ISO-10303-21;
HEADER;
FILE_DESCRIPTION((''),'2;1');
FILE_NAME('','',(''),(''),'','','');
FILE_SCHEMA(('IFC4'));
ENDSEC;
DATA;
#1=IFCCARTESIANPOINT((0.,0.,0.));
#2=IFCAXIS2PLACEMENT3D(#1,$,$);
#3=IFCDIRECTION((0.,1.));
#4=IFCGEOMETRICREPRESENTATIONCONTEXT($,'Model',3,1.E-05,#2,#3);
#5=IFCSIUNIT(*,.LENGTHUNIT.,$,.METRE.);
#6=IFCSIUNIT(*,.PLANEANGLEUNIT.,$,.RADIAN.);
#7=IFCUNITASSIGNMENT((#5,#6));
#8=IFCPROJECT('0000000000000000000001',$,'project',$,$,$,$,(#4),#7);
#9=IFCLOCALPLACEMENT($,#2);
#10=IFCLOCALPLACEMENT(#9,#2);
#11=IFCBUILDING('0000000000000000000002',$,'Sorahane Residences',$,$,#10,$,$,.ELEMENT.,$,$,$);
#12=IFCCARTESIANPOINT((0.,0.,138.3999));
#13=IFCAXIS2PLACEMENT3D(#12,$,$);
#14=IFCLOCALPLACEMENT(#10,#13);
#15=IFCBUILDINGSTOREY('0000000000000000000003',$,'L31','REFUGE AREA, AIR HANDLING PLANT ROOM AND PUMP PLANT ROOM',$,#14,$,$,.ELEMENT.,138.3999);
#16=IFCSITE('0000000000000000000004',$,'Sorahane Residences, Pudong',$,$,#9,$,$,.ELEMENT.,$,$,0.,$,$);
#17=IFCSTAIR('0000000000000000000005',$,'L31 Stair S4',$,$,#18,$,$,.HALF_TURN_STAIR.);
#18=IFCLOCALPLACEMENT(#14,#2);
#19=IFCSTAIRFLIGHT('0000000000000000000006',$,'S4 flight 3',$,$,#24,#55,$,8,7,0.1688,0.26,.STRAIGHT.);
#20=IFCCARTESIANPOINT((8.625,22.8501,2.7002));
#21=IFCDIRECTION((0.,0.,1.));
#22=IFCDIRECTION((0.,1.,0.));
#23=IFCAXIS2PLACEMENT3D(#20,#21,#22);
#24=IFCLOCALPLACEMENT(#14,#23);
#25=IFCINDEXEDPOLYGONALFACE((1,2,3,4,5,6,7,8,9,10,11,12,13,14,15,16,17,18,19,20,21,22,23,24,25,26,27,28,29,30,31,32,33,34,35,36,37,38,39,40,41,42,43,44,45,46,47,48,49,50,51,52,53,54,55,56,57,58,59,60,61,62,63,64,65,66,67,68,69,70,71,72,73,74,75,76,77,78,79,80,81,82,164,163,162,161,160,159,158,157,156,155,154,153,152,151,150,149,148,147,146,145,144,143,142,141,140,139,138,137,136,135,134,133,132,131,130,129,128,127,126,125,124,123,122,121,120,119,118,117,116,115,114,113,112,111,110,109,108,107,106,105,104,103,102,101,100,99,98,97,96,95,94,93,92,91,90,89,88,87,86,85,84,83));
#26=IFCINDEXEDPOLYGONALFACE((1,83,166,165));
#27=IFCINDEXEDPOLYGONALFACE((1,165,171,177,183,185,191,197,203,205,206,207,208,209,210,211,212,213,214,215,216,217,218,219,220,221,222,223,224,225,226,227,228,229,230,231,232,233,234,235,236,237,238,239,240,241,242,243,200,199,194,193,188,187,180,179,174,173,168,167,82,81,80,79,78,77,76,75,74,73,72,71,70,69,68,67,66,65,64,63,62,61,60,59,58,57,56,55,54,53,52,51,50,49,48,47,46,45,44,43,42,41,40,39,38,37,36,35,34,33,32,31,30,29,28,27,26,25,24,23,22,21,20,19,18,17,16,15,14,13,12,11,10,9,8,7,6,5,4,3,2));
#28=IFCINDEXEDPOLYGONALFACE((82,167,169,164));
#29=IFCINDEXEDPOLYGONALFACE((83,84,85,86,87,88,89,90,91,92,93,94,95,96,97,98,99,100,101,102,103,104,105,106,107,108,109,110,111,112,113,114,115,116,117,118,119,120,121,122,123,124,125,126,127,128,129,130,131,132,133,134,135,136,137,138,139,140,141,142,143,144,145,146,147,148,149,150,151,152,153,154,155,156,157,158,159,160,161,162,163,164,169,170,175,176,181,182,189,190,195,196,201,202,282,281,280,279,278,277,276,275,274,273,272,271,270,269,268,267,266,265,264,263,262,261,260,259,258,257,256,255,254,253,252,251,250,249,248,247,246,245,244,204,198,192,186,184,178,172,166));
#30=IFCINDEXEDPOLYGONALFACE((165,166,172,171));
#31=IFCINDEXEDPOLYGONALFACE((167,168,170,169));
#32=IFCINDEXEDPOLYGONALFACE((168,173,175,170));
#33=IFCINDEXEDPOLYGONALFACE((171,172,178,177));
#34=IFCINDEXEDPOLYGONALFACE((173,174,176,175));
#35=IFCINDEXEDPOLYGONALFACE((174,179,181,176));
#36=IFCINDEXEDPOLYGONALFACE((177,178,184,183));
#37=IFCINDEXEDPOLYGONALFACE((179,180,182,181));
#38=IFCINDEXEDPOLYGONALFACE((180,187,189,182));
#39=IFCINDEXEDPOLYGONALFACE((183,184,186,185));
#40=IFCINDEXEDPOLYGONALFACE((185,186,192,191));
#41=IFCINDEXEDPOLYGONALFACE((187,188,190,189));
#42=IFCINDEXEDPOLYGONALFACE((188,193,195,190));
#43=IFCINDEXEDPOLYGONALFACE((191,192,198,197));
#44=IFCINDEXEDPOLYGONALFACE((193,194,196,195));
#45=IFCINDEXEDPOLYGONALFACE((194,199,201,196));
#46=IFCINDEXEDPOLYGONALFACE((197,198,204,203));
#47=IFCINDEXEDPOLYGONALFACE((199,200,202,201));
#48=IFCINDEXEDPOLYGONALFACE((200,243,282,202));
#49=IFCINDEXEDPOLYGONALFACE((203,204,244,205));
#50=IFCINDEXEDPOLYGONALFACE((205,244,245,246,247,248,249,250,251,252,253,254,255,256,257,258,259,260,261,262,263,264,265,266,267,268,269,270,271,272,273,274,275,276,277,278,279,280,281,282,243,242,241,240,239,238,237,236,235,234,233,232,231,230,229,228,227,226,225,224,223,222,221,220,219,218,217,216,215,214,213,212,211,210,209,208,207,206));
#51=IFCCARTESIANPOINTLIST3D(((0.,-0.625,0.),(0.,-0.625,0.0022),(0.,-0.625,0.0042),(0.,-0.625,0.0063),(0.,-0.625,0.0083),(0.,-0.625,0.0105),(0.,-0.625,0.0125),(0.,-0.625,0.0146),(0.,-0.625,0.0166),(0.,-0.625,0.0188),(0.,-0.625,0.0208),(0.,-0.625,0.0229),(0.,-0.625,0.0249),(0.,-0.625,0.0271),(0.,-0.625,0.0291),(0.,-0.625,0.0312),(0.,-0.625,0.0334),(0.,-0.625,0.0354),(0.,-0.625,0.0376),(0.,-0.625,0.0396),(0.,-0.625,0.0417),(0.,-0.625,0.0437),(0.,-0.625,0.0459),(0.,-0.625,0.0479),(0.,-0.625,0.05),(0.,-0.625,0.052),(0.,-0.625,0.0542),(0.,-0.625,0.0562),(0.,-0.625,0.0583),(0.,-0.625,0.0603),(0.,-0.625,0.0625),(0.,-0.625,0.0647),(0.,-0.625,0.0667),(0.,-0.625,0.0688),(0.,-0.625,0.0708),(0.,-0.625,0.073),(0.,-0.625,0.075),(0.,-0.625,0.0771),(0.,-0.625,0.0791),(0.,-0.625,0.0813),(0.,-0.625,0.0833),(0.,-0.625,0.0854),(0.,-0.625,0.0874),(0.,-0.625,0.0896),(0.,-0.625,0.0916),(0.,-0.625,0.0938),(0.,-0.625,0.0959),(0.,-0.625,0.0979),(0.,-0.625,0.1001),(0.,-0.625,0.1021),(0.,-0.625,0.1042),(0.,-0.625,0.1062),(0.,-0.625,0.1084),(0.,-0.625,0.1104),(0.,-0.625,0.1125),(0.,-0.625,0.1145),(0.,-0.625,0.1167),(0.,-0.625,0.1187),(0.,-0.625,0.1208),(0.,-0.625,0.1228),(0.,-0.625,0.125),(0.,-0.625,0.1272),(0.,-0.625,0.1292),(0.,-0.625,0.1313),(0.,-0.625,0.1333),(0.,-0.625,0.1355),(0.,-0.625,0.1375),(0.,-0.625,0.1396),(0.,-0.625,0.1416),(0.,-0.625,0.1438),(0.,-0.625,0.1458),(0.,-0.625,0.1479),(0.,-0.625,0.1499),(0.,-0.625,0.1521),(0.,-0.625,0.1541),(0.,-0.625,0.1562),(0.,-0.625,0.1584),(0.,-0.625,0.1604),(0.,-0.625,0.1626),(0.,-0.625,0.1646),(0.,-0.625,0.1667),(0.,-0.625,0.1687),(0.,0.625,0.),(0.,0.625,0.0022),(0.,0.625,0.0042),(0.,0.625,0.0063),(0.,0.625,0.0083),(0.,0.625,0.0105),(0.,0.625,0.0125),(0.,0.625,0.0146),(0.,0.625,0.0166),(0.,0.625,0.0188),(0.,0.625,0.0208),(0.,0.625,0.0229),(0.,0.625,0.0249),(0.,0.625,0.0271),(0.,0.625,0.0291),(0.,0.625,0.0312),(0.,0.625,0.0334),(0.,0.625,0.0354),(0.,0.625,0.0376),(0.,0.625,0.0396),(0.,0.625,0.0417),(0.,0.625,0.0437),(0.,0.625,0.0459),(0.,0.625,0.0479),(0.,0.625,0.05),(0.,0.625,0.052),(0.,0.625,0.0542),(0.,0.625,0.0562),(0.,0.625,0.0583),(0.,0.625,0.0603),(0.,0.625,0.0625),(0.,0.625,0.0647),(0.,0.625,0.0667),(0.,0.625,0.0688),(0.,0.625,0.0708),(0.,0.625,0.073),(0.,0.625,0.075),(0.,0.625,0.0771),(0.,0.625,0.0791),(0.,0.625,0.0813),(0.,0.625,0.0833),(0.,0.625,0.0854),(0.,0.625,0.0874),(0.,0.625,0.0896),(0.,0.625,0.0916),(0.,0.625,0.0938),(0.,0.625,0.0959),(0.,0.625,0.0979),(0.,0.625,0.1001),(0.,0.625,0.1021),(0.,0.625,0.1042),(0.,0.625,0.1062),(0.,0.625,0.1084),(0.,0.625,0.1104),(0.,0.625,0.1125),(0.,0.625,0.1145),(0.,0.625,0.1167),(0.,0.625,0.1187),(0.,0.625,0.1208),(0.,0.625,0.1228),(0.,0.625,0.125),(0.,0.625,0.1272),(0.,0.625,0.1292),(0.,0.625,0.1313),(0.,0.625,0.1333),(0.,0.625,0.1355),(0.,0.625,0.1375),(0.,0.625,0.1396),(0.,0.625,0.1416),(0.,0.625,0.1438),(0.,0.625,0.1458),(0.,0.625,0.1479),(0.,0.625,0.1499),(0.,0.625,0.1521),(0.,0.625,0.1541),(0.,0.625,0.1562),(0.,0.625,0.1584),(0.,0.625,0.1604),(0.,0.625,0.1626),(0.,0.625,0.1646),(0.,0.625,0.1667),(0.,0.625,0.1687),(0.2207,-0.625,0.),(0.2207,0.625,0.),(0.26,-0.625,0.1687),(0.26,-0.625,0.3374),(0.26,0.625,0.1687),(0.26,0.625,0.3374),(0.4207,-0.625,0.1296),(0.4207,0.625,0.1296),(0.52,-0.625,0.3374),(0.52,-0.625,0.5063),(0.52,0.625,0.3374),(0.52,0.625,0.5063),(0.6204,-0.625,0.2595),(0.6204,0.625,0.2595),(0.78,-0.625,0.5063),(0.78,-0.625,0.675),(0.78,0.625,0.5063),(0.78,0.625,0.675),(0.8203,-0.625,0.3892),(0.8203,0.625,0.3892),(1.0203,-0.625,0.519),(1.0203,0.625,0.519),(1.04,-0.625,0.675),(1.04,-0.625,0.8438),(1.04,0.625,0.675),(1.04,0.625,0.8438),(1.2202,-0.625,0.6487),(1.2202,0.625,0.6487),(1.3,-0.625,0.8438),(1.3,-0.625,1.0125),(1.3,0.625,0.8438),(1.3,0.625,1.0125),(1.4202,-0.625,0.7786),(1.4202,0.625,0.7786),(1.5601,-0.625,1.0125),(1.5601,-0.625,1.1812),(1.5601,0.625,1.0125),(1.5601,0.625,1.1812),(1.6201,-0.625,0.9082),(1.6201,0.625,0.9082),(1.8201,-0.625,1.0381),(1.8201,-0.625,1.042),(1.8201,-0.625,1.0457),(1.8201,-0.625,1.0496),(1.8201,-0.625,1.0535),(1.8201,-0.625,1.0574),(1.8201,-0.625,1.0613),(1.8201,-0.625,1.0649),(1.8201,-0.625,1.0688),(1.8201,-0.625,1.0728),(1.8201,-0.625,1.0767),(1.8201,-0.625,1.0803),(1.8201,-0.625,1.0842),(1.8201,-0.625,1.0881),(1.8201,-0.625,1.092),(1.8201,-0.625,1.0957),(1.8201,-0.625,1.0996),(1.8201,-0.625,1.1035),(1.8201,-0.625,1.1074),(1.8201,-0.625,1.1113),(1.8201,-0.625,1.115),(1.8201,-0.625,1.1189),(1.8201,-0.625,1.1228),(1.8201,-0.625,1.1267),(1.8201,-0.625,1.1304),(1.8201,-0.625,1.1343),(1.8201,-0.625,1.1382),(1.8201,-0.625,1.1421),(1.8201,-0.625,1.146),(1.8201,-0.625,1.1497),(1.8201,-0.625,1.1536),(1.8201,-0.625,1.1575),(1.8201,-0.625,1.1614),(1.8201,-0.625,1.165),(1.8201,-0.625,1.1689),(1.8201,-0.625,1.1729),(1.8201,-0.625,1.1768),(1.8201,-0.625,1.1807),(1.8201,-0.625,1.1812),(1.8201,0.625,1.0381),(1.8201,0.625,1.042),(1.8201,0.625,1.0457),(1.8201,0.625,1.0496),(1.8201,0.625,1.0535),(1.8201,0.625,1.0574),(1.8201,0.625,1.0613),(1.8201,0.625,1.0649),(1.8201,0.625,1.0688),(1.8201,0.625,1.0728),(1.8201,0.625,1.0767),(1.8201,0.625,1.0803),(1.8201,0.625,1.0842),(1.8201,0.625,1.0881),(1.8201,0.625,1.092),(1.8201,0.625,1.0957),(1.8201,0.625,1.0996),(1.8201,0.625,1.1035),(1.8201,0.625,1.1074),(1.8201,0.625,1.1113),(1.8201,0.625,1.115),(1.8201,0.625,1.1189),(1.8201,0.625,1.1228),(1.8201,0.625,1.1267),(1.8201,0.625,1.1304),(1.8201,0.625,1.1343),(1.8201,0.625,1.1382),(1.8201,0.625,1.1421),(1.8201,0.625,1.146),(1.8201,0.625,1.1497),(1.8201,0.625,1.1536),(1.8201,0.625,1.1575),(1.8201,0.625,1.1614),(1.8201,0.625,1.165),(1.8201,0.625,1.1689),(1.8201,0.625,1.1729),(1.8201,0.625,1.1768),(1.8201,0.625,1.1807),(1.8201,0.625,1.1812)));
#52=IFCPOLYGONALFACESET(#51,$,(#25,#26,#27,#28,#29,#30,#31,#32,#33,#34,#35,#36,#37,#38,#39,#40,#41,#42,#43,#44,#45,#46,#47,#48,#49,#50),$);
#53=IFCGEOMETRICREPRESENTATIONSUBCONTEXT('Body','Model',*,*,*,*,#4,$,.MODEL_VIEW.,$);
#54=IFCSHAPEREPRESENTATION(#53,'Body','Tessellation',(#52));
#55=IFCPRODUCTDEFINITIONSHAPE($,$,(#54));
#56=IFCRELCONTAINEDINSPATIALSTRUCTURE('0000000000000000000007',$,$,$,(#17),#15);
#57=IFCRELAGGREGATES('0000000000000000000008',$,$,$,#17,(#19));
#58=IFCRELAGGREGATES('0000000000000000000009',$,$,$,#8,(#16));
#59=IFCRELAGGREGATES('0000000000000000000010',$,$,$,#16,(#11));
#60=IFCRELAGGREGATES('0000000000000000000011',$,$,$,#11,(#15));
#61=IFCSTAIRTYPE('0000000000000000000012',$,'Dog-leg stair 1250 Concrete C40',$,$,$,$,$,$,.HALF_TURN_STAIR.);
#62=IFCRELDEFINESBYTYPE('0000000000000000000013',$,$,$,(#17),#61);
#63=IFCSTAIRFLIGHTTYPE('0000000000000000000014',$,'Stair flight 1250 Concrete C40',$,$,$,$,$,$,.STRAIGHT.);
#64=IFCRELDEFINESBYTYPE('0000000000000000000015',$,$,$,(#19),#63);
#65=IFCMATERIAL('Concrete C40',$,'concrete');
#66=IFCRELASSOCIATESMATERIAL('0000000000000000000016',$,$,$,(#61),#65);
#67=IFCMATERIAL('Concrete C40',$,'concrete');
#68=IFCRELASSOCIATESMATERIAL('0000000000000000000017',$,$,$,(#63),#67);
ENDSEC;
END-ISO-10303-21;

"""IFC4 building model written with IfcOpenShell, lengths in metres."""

from ifc_helpers import new_model, si_unit, direction, frame, origin, place, context, subcontext, project, spatial, polyline, outline, extrude, material, type_object, element, aggregate, save


model = new_model("IFC4")

# Units and contexts
model_context = context("Model", 3, precision=1e-05, world=origin(), true_north=direction((0.0, 1.0)))
body_context = subcontext(model_context, "Body", "Model", "MODEL_VIEW")
ifc_project = project(units=[si_unit("LENGTHUNIT", "METRE"), si_unit("PLANEANGLEUNIT", "RADIAN")], contexts=[model_context])

# Site, building, storey
site_placement = place(None, origin())
site = spatial("IfcSite", under=ifc_project, at=site_placement, Name="Sorahane Residences, Pudong", CompositionType="ELEMENT", RefElevation=0.0)
building_placement = place(site_placement, origin())
building = spatial("IfcBuilding", under=site, at=building_placement, Name="Sorahane Residences", CompositionType="ELEMENT")
storey_placement = place(building_placement, frame((0.0, 0.0, 138.3999)))
storey = spatial("IfcBuildingStorey", under=building, at=storey_placement, Name="L31", Description="REFUGE AREA, AIR HANDLING PLANT ROOM AND PUMP PLANT ROOM", CompositionType="ELEMENT", Elevation=138.3999)

# Stair, stair flight
ifc_material_1 = material(Name="Concrete C40", Category="concrete")
stair_type = type_object("IfcStairType", Name="Dog-leg stair 1250 Concrete C40", PredefinedType="HALF_TURN_STAIR", material=ifc_material_1)
stair_placement = place(storey_placement, origin())
stair = element("IfcStair", 1, at=stair_placement, inside=storey, type_object=stair_type, Name="L31 Stair S4", PredefinedType="HALF_TURN_STAIR")
ifc_material_2 = material(Name="Concrete C40", Category="concrete")
stair_flight_type = type_object("IfcStairFlightType", Name="Stair flight 1250 Concrete C40", PredefinedType="STRAIGHT", material=ifc_material_2)
stair_flight_1_placement = place(storey_placement, frame((8.625, 22.8501, 2.7002), z_axis=(0.0, 0.0, 1.0), x_axis=(0.0, 1.0, 0.0)))
stair_flight_1 = element("IfcStairFlight", 2, at=stair_flight_1_placement, type_object=stair_flight_type, Name="S4 flight 3", NumberOfRisers=8, NumberOfTreads=7, PredefinedType="STRAIGHT", RiserHeight=0.1688, TreadLength=0.26, context=body_context, shape_type="SweptSolid", body=[
    extrude(outline(polyline([(0.0, 0.0), (0.0, 0.0022), (0.0, 0.0042), (0.0, 0.0063), (0.0, 0.0083), (0.0, 0.0105), (0.0, 0.0125), (0.0, 0.0146), (0.0, 0.0166), (0.0, 0.0188), (0.0, 0.0208), (0.0, 0.0229), (0.0, 0.0249), (0.0, 0.0271), (0.0, 0.0291), (0.0, 0.0312), (0.0, 0.0334), (0.0, 0.0354), (0.0, 0.0376), (0.0, 0.0396), (0.0, 0.0417), (0.0, 0.0437), (0.0, 0.0459), (0.0, 0.0479), (0.0, 0.05), (0.0, 0.052), (0.0, 0.0542), (0.0, 0.0562), (0.0, 0.0583), (0.0, 0.0603), (0.0, 0.0625), (0.0, 0.0647), (0.0, 0.0667), (0.0, 0.0688), (0.0, 0.0708), (0.0, 0.073), (0.0, 0.075), (0.0, 0.0771), (0.0, 0.0791), (0.0, 0.0813), (0.0, 0.0833), (0.0, 0.0854), (0.0, 0.0874), (0.0, 0.0896), (0.0, 0.0916), (0.0, 0.0938), (0.0, 0.0959), (0.0, 0.0979), (0.0, 0.1001), (0.0, 0.1021), (0.0, 0.1042), (0.0, 0.1062), (0.0, 0.1084), (0.0, 0.1104), (0.0, 0.1125), (0.0, 0.1145), (0.0, 0.1167), (0.0, 0.1187), (0.0, 0.1208), (0.0, 0.1228), (0.0, 0.125), (0.0, 0.1272), (0.0, 0.1292), (0.0, 0.1313), (0.0, 0.1333), (0.0, 0.1355), (0.0, 0.1375), (0.0, 0.1396), (0.0, 0.1416), (0.0, 0.1438), (0.0, 0.1458), (0.0, 0.1479), (0.0, 0.1499), (0.0, 0.1521), (0.0, 0.1541), (0.0, 0.1562), (0.0, 0.1584), (0.0, 0.1604), (0.0, 0.1626), (0.0, 0.1646), (0.0, 0.1667), (0.0, 0.1687), (0.26, 0.1687), (0.26, 0.3374), (0.52, 0.3374), (0.52, 0.5063), (0.78, 0.5063), (0.78, 0.675), (1.04, 0.675), (1.04, 0.8438), (1.3, 0.8438), (1.3, 1.0125), (1.5601, 1.0125), (1.5601, 1.1812), (1.8201, 1.1812), (1.8201, 1.3501), (1.8201, 1.3462), (1.8201, 1.3423), (1.8201, 1.3384), (1.8201, 1.3347), (1.8201, 1.3308), (1.8201, 1.3269), (1.8201, 1.323), (1.8201, 1.3191), (1.8201, 1.3154), (1.8201, 1.3115), (1.8201, 1.3076), (1.8201, 1.3037), (1.8201, 1.3), (1.8201, 1.2961), (1.8201, 1.2922), (1.8201, 1.2883), (1.8201, 1.2844), (1.8201, 1.2808), (1.8201, 1.2769), (1.8201, 1.2729), (1.8201, 1.269), (1.8201, 1.2654), (1.8201, 1.2615), (1.8201, 1.2576), (1.8201, 1.2537), (1.8201, 1.2498), (1.8201, 1.2461), (1.8201, 1.2422), (1.8201, 1.2383), (1.8201, 1.2344), (1.8201, 1.2307), (1.8201, 1.2268), (1.8201, 1.2229), (1.8201, 1.219), (1.8201, 1.2151), (1.8201, 1.2114), (1.8201, 1.2075), (1.8201, 1.2036), (1.8201, 1.1997), (1.8201, 1.196), (1.8201, 1.1921), (1.8201, 1.1882), (1.8201, 1.1843), (1.8201, 1.1807), (1.8201, 1.1768), (1.8201, 1.1729), (1.8201, 1.1689), (1.8201, 1.165), (1.8201, 1.1614), (1.8201, 1.1575), (1.8201, 1.1536), (1.8201, 1.1497), (1.8201, 1.146), (1.8201, 1.1421), (1.8201, 1.1382), (1.8201, 1.1343), (1.8201, 1.1304), (1.8201, 1.1267), (1.8201, 1.1228), (1.8201, 1.1189), (1.8201, 1.115), (1.8201, 1.1113), (1.8201, 1.1074), (1.8201, 1.1035), (1.8201, 1.0996), (1.8201, 1.0957), (1.8201, 1.092), (1.8201, 1.0881), (1.8201, 1.0842), (1.8201, 1.0803), (1.8201, 1.0767), (1.8201, 1.0728), (1.8201, 1.0688), (1.8201, 1.0649), (1.8201, 1.0613), (1.8201, 1.0574), (1.8201, 1.0535), (1.8201, 1.0496), (1.8201, 1.0457), (1.8201, 1.042), (1.8201, 1.0381), (1.6201, 0.9082), (1.4202, 0.7786), (1.2202, 0.6487), (1.0203, 0.519), (0.8203, 0.3892), (0.6204, 0.2595), (0.4207, 0.1296), (0.2207, 0.0), (0.0, 0.0)])), frame((0.0, 0.625, 0.0), z_axis=(0.0, -1.0, 0.0), x_axis=(1.0, 0.0, 0.0)), (0.0, 0.0, 1.0), 1.25),
])
aggregate(stair, [stair_flight_1])

save(model, "model.ifc")
